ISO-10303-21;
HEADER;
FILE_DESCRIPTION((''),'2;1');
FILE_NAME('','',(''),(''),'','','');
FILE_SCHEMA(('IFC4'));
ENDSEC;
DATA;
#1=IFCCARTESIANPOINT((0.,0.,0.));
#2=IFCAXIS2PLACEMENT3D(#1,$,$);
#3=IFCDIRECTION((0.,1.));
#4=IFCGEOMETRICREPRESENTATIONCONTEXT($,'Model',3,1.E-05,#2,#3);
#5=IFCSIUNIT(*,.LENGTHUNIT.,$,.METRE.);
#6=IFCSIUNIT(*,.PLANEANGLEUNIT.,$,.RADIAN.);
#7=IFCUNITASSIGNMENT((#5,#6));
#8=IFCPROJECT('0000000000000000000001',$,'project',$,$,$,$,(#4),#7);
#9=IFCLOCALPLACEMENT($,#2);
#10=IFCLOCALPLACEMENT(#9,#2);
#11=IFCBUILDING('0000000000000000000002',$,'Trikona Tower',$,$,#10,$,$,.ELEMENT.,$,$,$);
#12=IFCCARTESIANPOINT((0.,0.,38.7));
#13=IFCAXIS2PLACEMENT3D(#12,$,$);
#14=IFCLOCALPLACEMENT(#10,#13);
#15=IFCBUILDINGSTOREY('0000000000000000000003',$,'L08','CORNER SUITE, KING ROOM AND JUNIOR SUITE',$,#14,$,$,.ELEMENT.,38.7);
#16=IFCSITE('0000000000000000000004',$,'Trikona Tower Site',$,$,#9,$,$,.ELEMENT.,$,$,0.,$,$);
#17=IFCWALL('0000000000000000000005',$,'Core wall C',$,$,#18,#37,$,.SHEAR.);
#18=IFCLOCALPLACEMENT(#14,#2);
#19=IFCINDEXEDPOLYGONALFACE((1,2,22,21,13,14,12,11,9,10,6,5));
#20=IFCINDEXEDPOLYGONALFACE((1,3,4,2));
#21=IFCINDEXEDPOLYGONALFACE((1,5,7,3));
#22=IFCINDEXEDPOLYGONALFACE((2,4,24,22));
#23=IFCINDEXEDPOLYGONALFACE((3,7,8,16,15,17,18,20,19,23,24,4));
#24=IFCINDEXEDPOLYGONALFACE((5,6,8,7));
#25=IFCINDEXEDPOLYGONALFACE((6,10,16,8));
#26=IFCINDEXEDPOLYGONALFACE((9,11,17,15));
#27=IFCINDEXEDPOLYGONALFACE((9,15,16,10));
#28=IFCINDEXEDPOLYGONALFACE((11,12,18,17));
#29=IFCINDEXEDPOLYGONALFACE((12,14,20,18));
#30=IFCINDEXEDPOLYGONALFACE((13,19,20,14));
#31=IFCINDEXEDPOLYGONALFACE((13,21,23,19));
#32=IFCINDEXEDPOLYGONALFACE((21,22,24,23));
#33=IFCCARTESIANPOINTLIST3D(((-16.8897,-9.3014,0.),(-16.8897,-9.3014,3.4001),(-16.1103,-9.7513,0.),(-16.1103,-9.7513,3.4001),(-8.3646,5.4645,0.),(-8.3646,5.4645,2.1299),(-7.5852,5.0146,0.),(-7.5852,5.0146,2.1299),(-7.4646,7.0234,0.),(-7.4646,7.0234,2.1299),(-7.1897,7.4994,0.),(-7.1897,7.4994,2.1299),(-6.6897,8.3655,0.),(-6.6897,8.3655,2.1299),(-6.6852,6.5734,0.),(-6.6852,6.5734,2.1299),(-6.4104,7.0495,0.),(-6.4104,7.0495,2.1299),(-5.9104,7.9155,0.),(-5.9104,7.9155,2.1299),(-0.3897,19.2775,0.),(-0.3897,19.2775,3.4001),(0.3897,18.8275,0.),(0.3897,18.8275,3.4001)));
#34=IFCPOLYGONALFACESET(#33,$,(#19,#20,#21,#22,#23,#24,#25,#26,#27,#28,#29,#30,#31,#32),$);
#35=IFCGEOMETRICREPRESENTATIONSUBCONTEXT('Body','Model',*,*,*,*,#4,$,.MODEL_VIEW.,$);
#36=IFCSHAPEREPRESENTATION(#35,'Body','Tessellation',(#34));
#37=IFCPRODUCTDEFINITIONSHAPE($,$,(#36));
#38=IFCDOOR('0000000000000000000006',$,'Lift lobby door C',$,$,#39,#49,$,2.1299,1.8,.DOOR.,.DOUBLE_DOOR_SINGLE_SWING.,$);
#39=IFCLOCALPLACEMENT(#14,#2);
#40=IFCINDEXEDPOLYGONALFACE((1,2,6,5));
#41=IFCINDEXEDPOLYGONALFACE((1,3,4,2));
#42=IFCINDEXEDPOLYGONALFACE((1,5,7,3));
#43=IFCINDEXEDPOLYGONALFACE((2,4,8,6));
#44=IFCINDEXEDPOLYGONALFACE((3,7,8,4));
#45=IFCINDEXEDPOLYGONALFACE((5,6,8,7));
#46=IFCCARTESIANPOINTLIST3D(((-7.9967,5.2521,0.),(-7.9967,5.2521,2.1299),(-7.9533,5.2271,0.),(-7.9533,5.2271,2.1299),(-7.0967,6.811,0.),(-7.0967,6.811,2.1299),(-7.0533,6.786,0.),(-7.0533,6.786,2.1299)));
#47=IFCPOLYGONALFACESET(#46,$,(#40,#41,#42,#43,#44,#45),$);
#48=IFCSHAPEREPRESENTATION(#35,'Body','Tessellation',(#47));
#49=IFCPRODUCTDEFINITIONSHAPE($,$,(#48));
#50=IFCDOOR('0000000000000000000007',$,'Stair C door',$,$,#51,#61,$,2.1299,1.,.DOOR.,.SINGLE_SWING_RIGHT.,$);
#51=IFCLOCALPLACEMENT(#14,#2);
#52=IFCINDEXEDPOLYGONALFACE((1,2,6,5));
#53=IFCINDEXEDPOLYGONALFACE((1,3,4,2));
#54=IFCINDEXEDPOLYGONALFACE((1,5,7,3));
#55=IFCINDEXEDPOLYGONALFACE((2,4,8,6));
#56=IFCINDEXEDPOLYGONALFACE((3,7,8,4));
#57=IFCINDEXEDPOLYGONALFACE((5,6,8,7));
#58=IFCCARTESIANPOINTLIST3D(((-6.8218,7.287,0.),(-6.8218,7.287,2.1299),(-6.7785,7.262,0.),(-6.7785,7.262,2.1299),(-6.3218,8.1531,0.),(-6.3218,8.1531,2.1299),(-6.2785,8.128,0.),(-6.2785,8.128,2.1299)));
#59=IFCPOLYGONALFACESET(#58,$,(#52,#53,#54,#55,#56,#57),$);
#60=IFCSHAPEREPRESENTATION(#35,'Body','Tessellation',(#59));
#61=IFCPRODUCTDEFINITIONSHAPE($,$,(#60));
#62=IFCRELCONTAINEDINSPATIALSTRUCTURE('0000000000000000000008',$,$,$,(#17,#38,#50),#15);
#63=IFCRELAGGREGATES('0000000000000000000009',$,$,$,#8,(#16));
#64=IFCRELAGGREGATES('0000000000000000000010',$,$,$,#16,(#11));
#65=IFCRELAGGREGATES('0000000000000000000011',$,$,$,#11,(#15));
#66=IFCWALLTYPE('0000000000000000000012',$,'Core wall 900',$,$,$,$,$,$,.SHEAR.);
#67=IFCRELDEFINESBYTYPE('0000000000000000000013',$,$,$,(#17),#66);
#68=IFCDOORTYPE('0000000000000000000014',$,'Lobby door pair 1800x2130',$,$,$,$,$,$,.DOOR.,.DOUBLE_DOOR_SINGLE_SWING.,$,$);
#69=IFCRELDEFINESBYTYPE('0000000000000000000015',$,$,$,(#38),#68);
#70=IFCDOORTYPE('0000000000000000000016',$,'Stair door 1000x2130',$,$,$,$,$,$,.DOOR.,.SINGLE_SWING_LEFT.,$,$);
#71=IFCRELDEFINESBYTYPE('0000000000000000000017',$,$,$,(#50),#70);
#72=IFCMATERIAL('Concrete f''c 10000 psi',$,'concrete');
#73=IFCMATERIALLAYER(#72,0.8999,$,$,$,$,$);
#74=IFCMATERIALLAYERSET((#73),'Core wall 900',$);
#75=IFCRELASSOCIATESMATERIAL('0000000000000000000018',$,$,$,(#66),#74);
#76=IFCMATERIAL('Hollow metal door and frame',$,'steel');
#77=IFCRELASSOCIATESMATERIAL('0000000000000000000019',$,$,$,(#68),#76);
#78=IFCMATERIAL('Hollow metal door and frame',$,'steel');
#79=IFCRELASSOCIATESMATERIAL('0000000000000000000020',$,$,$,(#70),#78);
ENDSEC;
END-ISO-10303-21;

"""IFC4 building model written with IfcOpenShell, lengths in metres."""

from ifc_helpers import new_model, si_unit, direction, frame, frame_2d, origin, place, context, subcontext, project, spatial, rectangle, extrude, material, layer, layer_set, type_object, element, fill, save


model = new_model("IFC4")

# Units and contexts
model_context = context("Model", 3, precision=1e-05, world=origin(), true_north=direction((0.0, 1.0)))
body_context = subcontext(model_context, "Body", "Model", "MODEL_VIEW")
ifc_project = project(units=[si_unit("LENGTHUNIT", "METRE"), si_unit("PLANEANGLEUNIT", "RADIAN")], contexts=[model_context])

# Site, building, storey
site_placement = place(None, origin())
site = spatial("IfcSite", under=ifc_project, at=site_placement, Name="Trikona Tower Site", CompositionType="ELEMENT", RefElevation=0.0)
building_placement = place(site_placement, origin())
building = spatial("IfcBuilding", under=site, at=building_placement, Name="Trikona Tower", CompositionType="ELEMENT")
storey_placement = place(building_placement, frame((0.0, 0.0, 38.7)))
storey = spatial("IfcBuildingStorey", under=building, at=storey_placement, Name="L08", Description="CORNER SUITE, KING ROOM AND JUNIOR SUITE", CompositionType="ELEMENT", Elevation=38.7)

# Wall, openings, doors
ifc_material_1 = material(Name="Concrete f'c 10000 psi", Category="concrete")
ifc_layer_1 = layer(ifc_material_1, 0.8999)
ifc_layer_set_1 = layer_set([ifc_layer_1], Name="Core wall 900")
wall_type_1 = type_object("IfcWallType", Name="Core wall 900", PredefinedType="SHEAR", material=ifc_layer_set_1)
wall_1_placement = place(storey_placement, frame((0.0, 19.0525, 0.0), z_axis=(0.0, 0.0, 1.0), x_axis=(-0.5, -0.866026, 0.0)))
wall_1 = element("IfcWall", 1, at=wall_1_placement, inside=storey, type_object=wall_type_1, Name="Core wall C", PredefinedType="SHEAR", context=body_context, shape_type="SweptSolid", body=[
    extrude(rectangle(XDim=33.0, YDim=0.8999, at=frame_2d((16.5, 0.0))), origin(), (0.0, 0.0, 1.0), 3.4001),
])
opening_1_placement = place(wall_1_placement, frame((14.1499, 0.0, 0.0)))
opening_1 = element("IfcOpeningElement", 2, at=opening_1_placement, cuts=wall_1, PredefinedType="OPENING", context=body_context, shape_type="SweptSolid", body=[
    extrude(rectangle(XDim=1.8, YDim=2.1299, at=frame_2d((0.8999, 1.0649))), frame((0.0, 0.46, 0.0), z_axis=(0.0, -1.0, 0.0), x_axis=(1.0, 0.0, 0.0)), (0.0, 0.0, 1.0), 0.9199),
])
opening_2_placement = place(wall_1_placement, frame((12.6001, 0.0, 0.0)))
opening_2 = element("IfcOpeningElement", 3, at=opening_2_placement, cuts=wall_1, PredefinedType="OPENING", context=body_context, shape_type="SweptSolid", body=[
    extrude(rectangle(XDim=1.0, YDim=2.1299, at=frame_2d((0.5, 1.0649))), frame((0.0, 0.46, 0.0), z_axis=(0.0, -1.0, 0.0), x_axis=(1.0, 0.0, 0.0)), (0.0, 0.0, 1.0), 0.9199),
])
ifc_material_2 = material(Name="Hollow metal door and frame", Category="steel")
door_type_1 = type_object("IfcDoorType", Name="Lobby door pair 1800x2130", OperationType="DOUBLE_DOOR_SINGLE_SWING", PredefinedType="DOOR", material=ifc_material_2)
door_1_placement = place(opening_1_placement, origin())
door_1 = element("IfcDoor", 4, at=door_1_placement, inside=storey, type_object=door_type_1, Name="Lift lobby door C", OperationType="DOUBLE_DOOR_SINGLE_SWING", OverallHeight=2.1299, OverallWidth=1.8, PredefinedType="DOOR", context=body_context, shape_type="SweptSolid", body=[
    extrude(rectangle(XDim=1.8, YDim=2.1299, at=frame_2d((0.8999, 1.0649))), frame((0.0, 0.0249, 0.0), z_axis=(0.0, -1.0, 0.0), x_axis=(1.0, 0.0, 0.0)), (0.0, 0.0, 1.0), 0.05),
])
fill(opening_1, door_1)
ifc_material_3 = material(Name="Hollow metal door and frame", Category="steel")
door_type_2 = type_object("IfcDoorType", Name="Stair door 1000x2130", OperationType="SINGLE_SWING_LEFT", PredefinedType="DOOR", material=ifc_material_3)
door_2_placement = place(opening_2_placement, origin())
door_2 = element("IfcDoor", 5, at=door_2_placement, inside=storey, type_object=door_type_2, Name="Stair C door", OperationType="SINGLE_SWING_RIGHT", OverallHeight=2.1299, OverallWidth=1.0, PredefinedType="DOOR", context=body_context, shape_type="SweptSolid", body=[
    extrude(rectangle(XDim=1.0, YDim=2.1299, at=frame_2d((0.5, 1.0649))), frame((0.0, 0.0249, 0.0), z_axis=(0.0, -1.0, 0.0), x_axis=(1.0, 0.0, 0.0)), (0.0, 0.0, 1.0), 0.05),
])
fill(opening_2, door_2)

save(model, "model.ifc")
